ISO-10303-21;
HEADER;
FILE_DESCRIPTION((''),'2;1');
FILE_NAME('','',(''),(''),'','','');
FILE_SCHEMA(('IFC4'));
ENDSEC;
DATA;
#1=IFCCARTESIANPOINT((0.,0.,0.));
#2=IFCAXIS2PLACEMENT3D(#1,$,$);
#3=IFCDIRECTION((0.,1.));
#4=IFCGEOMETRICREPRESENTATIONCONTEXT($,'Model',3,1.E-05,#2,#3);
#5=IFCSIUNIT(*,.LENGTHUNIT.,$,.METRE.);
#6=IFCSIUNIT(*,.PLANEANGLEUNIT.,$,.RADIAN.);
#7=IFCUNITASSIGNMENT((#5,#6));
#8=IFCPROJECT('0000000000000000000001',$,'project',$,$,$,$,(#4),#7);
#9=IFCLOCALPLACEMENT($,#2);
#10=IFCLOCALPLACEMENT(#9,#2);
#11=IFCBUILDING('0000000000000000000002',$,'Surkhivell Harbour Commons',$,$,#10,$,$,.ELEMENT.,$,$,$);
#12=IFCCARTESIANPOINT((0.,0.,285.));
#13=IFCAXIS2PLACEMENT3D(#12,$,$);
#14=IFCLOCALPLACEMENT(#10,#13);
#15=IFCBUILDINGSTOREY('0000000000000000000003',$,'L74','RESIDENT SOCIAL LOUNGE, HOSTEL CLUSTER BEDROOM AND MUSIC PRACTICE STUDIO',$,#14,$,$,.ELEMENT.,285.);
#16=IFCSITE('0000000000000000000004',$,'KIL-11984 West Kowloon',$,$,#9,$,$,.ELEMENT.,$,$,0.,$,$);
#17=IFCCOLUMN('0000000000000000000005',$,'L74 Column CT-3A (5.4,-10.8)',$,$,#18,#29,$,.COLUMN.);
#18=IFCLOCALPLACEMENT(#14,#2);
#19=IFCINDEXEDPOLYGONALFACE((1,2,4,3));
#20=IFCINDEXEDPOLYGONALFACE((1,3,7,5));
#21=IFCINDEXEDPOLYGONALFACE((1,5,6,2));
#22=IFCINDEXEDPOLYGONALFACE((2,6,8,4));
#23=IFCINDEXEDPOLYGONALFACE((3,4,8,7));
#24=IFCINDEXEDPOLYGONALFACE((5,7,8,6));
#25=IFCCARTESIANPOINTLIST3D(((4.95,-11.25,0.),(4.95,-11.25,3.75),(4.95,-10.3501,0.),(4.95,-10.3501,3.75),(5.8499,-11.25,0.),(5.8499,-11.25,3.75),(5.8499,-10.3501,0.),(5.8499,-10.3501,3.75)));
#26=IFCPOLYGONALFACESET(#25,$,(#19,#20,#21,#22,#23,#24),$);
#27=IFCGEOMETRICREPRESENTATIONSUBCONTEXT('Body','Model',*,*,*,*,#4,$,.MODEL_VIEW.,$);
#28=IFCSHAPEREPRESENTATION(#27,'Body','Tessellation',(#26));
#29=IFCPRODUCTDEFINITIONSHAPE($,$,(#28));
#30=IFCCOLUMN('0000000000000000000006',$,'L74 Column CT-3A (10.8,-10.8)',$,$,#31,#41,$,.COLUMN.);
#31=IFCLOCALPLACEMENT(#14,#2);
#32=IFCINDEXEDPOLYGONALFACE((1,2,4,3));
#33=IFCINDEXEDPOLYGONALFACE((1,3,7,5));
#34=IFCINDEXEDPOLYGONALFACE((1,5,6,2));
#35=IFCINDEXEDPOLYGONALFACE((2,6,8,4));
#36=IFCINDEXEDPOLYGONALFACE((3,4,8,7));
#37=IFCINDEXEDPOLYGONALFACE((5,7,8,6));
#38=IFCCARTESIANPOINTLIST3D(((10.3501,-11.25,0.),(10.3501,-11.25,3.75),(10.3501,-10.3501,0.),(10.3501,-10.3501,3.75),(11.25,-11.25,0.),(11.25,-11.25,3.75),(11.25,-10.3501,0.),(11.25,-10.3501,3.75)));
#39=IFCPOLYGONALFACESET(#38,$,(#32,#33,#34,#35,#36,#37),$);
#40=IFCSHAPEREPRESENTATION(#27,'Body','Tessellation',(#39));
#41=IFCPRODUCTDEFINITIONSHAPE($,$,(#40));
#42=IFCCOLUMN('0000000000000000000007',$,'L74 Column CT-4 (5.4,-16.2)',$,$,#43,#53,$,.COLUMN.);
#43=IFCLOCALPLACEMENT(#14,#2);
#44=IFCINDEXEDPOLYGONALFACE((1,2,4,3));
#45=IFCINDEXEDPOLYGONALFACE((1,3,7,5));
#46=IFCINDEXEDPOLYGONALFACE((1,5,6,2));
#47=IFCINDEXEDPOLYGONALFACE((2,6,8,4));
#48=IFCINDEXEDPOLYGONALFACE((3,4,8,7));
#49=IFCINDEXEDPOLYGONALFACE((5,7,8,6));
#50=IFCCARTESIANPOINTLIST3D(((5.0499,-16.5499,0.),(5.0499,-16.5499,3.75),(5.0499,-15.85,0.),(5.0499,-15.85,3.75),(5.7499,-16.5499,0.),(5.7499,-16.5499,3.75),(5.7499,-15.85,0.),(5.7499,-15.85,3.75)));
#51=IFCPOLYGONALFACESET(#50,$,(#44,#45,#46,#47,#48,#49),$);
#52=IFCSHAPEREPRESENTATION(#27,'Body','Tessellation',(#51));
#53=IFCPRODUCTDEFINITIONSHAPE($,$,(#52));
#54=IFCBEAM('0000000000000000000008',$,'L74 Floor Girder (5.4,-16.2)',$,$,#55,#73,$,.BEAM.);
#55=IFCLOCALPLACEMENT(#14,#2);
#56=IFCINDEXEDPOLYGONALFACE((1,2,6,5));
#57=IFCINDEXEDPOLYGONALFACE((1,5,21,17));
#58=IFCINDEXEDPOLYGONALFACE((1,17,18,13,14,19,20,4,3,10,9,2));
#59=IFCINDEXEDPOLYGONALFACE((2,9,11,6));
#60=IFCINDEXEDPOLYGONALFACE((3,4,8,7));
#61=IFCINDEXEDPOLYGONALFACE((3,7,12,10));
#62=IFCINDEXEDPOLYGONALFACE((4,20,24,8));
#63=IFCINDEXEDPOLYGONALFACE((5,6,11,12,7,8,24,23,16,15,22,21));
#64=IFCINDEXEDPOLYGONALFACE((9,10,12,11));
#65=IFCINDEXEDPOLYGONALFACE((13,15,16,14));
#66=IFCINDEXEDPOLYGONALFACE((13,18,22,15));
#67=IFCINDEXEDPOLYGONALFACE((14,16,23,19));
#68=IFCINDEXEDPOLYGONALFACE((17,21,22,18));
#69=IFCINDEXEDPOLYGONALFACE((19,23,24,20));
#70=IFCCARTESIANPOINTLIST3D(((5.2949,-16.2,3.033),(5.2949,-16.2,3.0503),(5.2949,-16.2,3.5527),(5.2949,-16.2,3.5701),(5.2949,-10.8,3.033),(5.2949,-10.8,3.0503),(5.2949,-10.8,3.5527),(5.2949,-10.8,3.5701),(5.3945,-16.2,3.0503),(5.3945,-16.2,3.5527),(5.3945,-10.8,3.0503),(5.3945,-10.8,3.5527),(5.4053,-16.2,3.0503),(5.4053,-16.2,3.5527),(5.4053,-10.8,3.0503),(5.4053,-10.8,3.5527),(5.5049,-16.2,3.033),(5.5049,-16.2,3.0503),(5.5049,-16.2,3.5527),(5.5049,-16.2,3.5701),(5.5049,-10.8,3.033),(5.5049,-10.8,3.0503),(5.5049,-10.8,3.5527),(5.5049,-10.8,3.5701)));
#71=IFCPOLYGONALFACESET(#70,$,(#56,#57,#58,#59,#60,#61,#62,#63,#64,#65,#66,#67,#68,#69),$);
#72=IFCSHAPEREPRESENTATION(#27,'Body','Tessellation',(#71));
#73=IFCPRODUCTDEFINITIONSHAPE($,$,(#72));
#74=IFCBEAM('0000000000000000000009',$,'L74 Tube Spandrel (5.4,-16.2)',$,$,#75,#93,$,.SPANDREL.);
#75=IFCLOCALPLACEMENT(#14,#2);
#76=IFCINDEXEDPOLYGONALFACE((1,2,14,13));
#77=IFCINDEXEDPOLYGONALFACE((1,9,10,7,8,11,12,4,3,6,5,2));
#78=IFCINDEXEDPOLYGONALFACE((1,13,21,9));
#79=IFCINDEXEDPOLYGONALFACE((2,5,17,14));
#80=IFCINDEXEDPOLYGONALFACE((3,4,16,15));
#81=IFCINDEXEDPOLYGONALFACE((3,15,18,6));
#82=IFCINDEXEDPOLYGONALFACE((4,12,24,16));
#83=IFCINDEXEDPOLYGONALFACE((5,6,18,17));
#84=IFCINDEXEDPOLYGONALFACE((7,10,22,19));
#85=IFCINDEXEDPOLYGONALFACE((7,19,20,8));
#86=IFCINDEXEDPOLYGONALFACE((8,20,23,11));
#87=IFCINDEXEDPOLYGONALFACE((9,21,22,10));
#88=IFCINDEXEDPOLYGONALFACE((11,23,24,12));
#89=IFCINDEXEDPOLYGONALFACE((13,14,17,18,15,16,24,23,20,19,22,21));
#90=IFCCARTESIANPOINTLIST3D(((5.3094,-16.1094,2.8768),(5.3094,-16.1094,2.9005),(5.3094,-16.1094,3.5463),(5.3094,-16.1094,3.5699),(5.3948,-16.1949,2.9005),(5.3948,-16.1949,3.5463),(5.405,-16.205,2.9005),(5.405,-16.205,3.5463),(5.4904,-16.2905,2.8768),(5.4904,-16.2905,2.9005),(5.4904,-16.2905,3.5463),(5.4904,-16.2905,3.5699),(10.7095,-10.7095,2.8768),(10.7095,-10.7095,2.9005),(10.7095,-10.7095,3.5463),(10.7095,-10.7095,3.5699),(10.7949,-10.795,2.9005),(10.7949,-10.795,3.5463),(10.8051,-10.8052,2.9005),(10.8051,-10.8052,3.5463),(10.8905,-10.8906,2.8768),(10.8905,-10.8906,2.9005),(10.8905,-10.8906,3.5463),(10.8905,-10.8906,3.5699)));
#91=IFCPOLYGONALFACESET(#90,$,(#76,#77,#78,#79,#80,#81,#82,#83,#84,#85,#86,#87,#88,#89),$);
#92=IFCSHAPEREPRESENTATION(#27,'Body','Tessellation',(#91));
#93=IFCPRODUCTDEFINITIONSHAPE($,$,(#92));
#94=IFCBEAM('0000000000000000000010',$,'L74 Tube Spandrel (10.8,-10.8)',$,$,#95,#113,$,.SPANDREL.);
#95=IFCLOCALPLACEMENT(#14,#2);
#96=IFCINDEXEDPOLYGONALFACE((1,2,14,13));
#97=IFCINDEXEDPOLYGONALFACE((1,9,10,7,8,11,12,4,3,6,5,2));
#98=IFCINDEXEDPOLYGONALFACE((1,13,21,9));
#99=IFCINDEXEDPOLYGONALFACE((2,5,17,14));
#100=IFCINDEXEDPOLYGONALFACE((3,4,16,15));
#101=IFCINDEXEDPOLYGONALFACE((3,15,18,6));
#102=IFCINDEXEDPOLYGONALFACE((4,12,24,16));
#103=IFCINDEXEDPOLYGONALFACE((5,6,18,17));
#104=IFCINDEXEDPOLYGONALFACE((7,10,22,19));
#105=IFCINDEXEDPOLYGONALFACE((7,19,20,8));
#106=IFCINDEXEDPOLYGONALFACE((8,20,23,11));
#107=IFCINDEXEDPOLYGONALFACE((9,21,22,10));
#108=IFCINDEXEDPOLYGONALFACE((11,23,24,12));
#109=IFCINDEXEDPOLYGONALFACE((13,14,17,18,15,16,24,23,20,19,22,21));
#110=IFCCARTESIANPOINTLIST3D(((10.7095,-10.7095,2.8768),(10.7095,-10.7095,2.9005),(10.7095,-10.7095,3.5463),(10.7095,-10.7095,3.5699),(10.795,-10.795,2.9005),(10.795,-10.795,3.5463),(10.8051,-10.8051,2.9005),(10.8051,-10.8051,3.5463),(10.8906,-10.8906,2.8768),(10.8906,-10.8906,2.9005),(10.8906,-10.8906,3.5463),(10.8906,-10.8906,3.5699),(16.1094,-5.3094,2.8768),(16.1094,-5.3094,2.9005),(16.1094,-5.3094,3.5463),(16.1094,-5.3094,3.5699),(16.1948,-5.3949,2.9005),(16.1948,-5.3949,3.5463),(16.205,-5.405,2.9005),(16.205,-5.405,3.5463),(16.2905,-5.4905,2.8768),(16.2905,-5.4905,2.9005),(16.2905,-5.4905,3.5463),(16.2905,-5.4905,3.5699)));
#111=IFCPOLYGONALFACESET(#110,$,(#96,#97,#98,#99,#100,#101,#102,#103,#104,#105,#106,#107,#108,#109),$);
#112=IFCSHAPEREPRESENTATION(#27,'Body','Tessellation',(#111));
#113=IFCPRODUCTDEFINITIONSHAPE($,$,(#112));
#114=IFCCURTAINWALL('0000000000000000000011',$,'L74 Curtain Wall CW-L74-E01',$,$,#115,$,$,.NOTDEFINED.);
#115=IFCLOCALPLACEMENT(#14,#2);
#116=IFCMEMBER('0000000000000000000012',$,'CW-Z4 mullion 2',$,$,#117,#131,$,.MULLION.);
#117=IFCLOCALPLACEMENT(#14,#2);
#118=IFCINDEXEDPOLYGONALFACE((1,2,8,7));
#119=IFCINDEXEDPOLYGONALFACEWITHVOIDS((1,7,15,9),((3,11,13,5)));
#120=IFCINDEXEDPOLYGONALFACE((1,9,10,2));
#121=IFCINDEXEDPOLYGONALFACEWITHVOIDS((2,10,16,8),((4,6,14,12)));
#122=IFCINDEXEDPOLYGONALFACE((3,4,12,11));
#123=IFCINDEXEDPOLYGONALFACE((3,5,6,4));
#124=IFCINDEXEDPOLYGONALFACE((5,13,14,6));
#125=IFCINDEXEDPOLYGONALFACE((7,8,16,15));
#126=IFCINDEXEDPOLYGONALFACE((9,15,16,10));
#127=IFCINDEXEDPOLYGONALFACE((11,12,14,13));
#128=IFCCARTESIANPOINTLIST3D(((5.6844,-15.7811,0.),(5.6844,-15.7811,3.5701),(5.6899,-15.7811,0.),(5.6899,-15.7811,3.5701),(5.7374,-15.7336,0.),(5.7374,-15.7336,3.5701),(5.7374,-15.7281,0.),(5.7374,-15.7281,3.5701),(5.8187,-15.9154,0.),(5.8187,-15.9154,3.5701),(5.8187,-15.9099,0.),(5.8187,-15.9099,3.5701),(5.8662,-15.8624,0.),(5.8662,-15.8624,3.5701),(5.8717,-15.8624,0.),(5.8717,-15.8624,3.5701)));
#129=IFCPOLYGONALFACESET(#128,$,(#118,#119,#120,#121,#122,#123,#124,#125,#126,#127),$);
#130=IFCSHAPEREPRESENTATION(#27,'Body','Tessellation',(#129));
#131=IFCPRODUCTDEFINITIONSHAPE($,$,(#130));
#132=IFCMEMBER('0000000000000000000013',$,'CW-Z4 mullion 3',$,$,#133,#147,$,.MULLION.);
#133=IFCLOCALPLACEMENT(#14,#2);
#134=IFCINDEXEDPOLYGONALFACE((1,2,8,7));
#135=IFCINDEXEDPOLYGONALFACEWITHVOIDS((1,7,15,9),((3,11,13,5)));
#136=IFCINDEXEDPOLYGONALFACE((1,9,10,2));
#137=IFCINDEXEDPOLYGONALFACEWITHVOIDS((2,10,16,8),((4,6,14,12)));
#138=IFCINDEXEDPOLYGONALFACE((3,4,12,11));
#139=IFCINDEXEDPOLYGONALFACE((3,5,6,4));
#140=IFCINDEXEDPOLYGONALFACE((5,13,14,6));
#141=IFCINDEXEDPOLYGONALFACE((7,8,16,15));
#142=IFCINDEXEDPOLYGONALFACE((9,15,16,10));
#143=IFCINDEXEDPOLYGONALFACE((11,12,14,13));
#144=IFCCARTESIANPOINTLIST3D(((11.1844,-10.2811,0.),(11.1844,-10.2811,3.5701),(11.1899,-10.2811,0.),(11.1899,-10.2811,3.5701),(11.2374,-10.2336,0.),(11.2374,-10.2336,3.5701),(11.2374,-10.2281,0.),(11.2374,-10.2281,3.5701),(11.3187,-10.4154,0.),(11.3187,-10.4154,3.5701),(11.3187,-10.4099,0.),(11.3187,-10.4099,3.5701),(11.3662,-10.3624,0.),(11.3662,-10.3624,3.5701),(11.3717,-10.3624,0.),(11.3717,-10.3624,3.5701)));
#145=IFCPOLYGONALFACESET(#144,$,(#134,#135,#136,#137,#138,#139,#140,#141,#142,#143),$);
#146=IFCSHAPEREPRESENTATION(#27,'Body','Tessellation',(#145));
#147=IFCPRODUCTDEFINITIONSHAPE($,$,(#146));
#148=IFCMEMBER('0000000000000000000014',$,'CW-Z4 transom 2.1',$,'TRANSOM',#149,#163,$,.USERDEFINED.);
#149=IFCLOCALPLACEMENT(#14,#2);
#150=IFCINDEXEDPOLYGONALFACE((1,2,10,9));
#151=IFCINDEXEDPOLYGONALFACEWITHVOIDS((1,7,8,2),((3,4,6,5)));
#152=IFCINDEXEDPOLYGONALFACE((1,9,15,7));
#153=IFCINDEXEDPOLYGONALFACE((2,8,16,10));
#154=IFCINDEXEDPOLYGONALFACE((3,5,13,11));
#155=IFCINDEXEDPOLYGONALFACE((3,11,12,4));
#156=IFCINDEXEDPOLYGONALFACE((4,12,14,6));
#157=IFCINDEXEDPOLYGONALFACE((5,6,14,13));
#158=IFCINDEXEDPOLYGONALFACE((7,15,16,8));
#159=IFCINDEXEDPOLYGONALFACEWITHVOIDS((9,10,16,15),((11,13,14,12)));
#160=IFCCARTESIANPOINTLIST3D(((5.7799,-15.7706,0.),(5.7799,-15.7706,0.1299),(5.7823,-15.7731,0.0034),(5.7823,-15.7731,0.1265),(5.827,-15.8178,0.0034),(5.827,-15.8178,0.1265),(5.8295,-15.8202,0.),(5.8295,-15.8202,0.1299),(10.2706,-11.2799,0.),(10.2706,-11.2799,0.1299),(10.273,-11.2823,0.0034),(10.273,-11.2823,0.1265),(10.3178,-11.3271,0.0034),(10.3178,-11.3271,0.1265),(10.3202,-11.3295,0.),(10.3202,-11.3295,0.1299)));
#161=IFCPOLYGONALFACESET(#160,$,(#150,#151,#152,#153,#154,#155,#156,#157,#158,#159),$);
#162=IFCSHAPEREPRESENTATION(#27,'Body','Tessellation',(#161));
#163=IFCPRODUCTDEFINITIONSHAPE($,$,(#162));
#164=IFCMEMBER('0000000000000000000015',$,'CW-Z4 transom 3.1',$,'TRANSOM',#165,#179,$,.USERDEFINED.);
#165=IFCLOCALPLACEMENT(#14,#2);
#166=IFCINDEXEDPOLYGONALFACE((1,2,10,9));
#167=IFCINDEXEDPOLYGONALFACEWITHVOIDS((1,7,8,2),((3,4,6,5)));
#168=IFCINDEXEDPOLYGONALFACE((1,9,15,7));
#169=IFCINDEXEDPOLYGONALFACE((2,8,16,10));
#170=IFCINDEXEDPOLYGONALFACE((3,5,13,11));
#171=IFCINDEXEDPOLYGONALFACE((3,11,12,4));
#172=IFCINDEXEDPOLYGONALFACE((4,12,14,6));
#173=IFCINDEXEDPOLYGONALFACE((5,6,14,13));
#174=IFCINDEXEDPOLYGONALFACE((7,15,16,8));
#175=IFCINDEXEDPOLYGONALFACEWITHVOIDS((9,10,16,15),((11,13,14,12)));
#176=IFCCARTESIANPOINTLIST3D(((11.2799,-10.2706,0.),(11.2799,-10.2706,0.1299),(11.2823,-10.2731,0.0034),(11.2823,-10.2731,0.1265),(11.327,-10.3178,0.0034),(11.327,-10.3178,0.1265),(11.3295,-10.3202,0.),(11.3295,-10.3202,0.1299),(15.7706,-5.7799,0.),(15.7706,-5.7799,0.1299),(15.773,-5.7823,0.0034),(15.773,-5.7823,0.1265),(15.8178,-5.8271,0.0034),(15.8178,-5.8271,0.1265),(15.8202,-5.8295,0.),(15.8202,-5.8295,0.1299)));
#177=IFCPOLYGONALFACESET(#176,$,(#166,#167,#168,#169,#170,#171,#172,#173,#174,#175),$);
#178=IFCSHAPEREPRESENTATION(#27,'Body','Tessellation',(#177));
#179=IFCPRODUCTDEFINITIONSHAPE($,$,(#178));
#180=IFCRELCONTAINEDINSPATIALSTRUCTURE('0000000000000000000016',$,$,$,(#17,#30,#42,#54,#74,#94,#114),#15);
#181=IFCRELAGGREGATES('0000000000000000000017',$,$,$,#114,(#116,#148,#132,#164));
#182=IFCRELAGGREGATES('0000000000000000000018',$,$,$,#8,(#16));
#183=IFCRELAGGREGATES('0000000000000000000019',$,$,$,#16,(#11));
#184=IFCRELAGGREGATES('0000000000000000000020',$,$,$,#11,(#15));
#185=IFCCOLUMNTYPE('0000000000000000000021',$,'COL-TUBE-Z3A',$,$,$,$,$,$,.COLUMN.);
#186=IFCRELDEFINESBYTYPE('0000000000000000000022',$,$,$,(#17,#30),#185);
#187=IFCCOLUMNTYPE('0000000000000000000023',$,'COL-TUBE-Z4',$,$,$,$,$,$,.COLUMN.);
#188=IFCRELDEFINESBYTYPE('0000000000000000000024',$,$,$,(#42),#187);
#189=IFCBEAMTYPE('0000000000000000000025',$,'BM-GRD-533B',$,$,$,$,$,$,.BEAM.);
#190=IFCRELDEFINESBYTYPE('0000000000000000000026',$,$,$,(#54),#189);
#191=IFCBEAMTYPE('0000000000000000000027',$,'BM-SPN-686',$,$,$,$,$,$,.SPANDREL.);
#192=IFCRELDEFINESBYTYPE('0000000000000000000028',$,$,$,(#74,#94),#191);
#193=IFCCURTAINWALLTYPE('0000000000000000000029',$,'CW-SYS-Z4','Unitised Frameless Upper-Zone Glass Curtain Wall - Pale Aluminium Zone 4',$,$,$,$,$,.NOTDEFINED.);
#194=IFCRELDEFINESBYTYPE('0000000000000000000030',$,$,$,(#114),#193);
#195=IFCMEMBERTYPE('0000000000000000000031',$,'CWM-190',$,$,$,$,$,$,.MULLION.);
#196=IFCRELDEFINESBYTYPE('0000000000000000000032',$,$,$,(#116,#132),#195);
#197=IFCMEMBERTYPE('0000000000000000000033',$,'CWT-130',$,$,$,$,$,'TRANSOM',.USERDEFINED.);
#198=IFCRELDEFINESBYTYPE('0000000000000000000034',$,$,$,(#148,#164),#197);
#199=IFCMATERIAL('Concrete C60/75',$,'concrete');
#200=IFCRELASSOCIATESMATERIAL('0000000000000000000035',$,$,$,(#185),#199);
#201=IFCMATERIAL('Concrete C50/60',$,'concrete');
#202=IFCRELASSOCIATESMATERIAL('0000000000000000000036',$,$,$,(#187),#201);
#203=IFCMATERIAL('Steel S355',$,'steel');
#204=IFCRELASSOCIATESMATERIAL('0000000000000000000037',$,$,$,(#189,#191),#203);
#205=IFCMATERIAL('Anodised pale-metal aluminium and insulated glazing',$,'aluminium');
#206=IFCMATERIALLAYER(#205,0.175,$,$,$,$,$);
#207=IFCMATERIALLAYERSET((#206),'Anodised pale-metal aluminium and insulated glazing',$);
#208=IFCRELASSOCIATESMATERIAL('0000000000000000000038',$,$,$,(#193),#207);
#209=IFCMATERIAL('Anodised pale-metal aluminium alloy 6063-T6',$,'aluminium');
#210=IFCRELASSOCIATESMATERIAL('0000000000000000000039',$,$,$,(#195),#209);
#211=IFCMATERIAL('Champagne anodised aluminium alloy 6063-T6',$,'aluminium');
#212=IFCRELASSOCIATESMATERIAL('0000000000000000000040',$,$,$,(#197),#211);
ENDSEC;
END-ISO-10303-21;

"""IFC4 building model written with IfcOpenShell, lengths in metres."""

from ifc_helpers import new_model, si_unit, direction, frame, origin, origin_2d, place, context, subcontext, project, spatial, rectangle, hollow_rectangle, i_section, extrude, material, layer, layer_set, material_profile, profile_set, type_object, element, aggregate, save


model = new_model("IFC4")

# Units and contexts
model_context = context("Model", 3, precision=1e-05, world=origin(), true_north=direction((0.0, 1.0)))
body_context = subcontext(model_context, "Body", "Model", "MODEL_VIEW")
ifc_project = project(units=[si_unit("LENGTHUNIT", "METRE"), si_unit("PLANEANGLEUNIT", "RADIAN")], contexts=[model_context])

# Site, building, storey
site_placement = place(None, origin())
site = spatial("IfcSite", under=ifc_project, at=site_placement, Name="KIL-11984 West Kowloon", CompositionType="ELEMENT", RefElevation=0.0)
building_placement = place(site_placement, origin())
building = spatial("IfcBuilding", under=site, at=building_placement, Name="Surkhivell Harbour Commons", CompositionType="ELEMENT")
storey_placement = place(building_placement, frame((0.0, 0.0, 285.0)))
storey = spatial("IfcBuildingStorey", under=building, at=storey_placement, Name="L74", Description="RESIDENT SOCIAL LOUNGE, HOSTEL CLUSTER BEDROOM AND MUSIC PRACTICE STUDIO", CompositionType="ELEMENT", Elevation=285.0)

# Columns
ifc_material_1 = material(Name="Concrete C60/75", Category="concrete")
ifc_material_profile_1 = material_profile(ifc_material_1, rectangle(XDim=0.8999, YDim=0.8999, at=origin_2d()), Name="RC-COL-900x900")
ifc_profile_set_1 = profile_set([ifc_material_profile_1], Name="Concrete C60/75")
column_type_1 = type_object("IfcColumnType", Name="COL-TUBE-Z3A", PredefinedType="COLUMN", material=ifc_profile_set_1)
for number, where, z_axis, x_axis, name in (
    (1, (5.3999, -10.8, 0.0), (0.0, 0.0, 1.0), (1.0, 0.0, 0.0), "L74 Column CT-3A (5.4,-10.8)"),
    (2, (10.8, -10.8, 0.0), (0.0, 0.0, 1.0), (1.0, 0.0, 0.0), "L74 Column CT-3A (10.8,-10.8)"),
):
    element("IfcColumn", number, at=place(storey_placement, frame(where, z_axis=z_axis, x_axis=x_axis)), inside=storey, type_object=column_type_1, Name=name, PredefinedType="COLUMN", context=body_context, shape_type="SweptSolid", body=[
        extrude(rectangle(XDim=0.8999, YDim=0.8999, at=origin_2d()), origin(), (0.0, 0.0, 1.0), 3.75),
    ])
ifc_material_2 = material(Name="Concrete C50/60", Category="concrete")
ifc_material_profile_2 = material_profile(ifc_material_2, rectangle(XDim=0.7, YDim=0.7, at=origin_2d()), Name="RC-COL-700x700")
ifc_profile_set_2 = profile_set([ifc_material_profile_2], Name="Concrete C50/60")
column_type_2 = type_object("IfcColumnType", Name="COL-TUBE-Z4", PredefinedType="COLUMN", material=ifc_profile_set_2)
column_placement = place(storey_placement, frame((5.3999, -16.2, 0.0), z_axis=(0.0, 0.0, 1.0), x_axis=(1.0, 0.0, 0.0)))
element("IfcColumn", 3, at=column_placement, inside=storey, type_object=column_type_2, Name="L74 Column CT-4 (5.4,-16.2)", PredefinedType="COLUMN", context=body_context, shape_type="SweptSolid", body=[
    extrude(rectangle(XDim=0.7, YDim=0.7, at=origin_2d()), origin(), (0.0, 0.0, 1.0), 3.75),
])

# Beams
ifc_material_3 = material(Name="Steel S355", Category="steel")
ifc_material_profile_3 = material_profile(ifc_material_3, i_section(OverallWidth=0.21, OverallDepth=0.5371, WebThickness=0.0107, FlangeThickness=0.0173, at=origin_2d()), Name="UB533x210x101")
ifc_profile_set_3 = profile_set([ifc_material_profile_3], Name="Steel S355")
beam_type_1 = type_object("IfcBeamType", Name="BM-GRD-533B", PredefinedType="BEAM", material=ifc_profile_set_3)
beam_placement = place(storey_placement, frame((5.3999, -16.2, 3.3015), z_axis=(0.0, 1.0, 0.0), x_axis=(-1.0, 0.0, 0.0)))
element("IfcBeam", 4, at=beam_placement, inside=storey, type_object=beam_type_1, Name="L74 Floor Girder (5.4,-16.2)", PredefinedType="BEAM", context=body_context, shape_type="SweptSolid", body=[
    extrude(i_section(OverallWidth=0.21, OverallDepth=0.5371, WebThickness=0.0107, FlangeThickness=0.0173, at=origin_2d()), origin(), (0.0, 0.0, 1.0), 5.3999),
])
ifc_material_profile_4 = material_profile(ifc_material_3, i_section(OverallWidth=0.2561, OverallDepth=0.6931, WebThickness=0.0144, FlangeThickness=0.0237, at=origin_2d()), Name="UB686x254x170")
ifc_profile_set_4 = profile_set([ifc_material_profile_4], Name="Steel S355")
beam_type_2 = type_object("IfcBeamType", Name="BM-SPN-686", PredefinedType="SPANDREL", material=ifc_profile_set_4)
for number, where, z_axis, x_axis, name in (
    (5, (5.3999, -16.2, 3.2234), (0.707123, 0.707091, 0.0), (-0.707091, 0.707123, 0.0), "L74 Tube Spandrel (5.4,-16.2)"),
    (6, (10.8, -10.8, 3.2234), (0.707091, 0.707123, 0.0), (-0.707123, 0.707091, 0.0), "L74 Tube Spandrel (10.8,-10.8)"),
):
    element("IfcBeam", number, at=place(storey_placement, frame(where, z_axis=z_axis, x_axis=x_axis)), inside=storey, type_object=beam_type_2, Name=name, PredefinedType="SPANDREL", context=body_context, shape_type="SweptSolid", body=[
        extrude(i_section(OverallWidth=0.2561, OverallDepth=0.6931, WebThickness=0.0144, FlangeThickness=0.0237, at=origin_2d()), origin(), (0.0, 0.0, 1.0), 7.6367),
    ])

# Curtain wall, members
ifc_material_4 = material(Name="Anodised pale-metal aluminium and insulated glazing", Category="aluminium")
ifc_layer_1 = layer(ifc_material_4, 0.175)
ifc_layer_set_1 = layer_set([ifc_layer_1], Name="Anodised pale-metal aluminium and insulated glazing")
curtain_wall_type = type_object("IfcCurtainWallType", Name="CW-SYS-Z4", Description="Unitised Frameless Upper-Zone Glass Curtain Wall - Pale Aluminium Zone 4", PredefinedType="NOTDEFINED", material=ifc_layer_set_1)
curtain_wall_placement = place(storey_placement, origin())
curtain_wall = element("IfcCurtainWall", 7, at=curtain_wall_placement, inside=storey, type_object=curtain_wall_type, Name="L74 Curtain Wall CW-L74-E01", PredefinedType="NOTDEFINED")
ifc_material_5 = material(Name="Anodised pale-metal aluminium alloy 6063-T6", Category="aluminium")
ifc_material_profile_5 = material_profile(ifc_material_5, hollow_rectangle(XDim=0.075, YDim=0.1899, WallThickness=0.0039, at=origin_2d()), Name="ALU-MULL-75x190")
ifc_profile_set_5 = profile_set([ifc_material_profile_5], Name="Anodised pale-metal aluminium alloy 6063-T6")
member_type_1 = type_object("IfcMemberType", Name="CWM-190", PredefinedType="MULLION", material=ifc_profile_set_5)
member_1_placement = place(storey_placement, frame((5.7781, -15.8218, 0.0), z_axis=(0.0, 0.0, 1.0), x_axis=(0.707107, 0.707107, 0.0)))
member_1 = element("IfcMember", 8, at=member_1_placement, type_object=member_type_1, Name="CW-Z4 mullion 2", PredefinedType="MULLION", context=body_context, shape_type="SweptSolid", body=[
    extrude(hollow_rectangle(XDim=0.075, YDim=0.1899, WallThickness=0.0039, at=origin_2d()), origin(), (0.0, 0.0, 1.0), 3.5701),
])
member_2_placement = place(storey_placement, frame((11.2781, -10.3218, 0.0), z_axis=(0.0, 0.0, 1.0), x_axis=(0.707107, 0.707107, 0.0)))
member_2 = element("IfcMember", 9, at=member_2_placement, type_object=member_type_1, Name="CW-Z4 mullion 3", PredefinedType="MULLION", context=body_context, shape_type="SweptSolid", body=[
    extrude(hollow_rectangle(XDim=0.075, YDim=0.1899, WallThickness=0.0039, at=origin_2d()), origin(), (0.0, 0.0, 1.0), 3.5701),
])
ifc_material_6 = material(Name="Champagne anodised aluminium alloy 6063-T6", Category="aluminium")
ifc_material_profile_6 = material_profile(ifc_material_6, hollow_rectangle(XDim=0.0701, YDim=0.1299, WallThickness=0.0034, at=origin_2d()), Name="ALU-TRAN-70x130")
ifc_profile_set_6 = profile_set([ifc_material_profile_6], Name="Champagne anodised aluminium alloy 6063-T6")
member_type_2 = type_object("IfcMemberType", Name="CWT-130", ElementType="TRANSOM", PredefinedType="USERDEFINED", material=ifc_profile_set_6)
member_3_placement = place(storey_placement, frame((5.8047, -15.7954, 0.0649), z_axis=(0.707107, 0.707107, 0.0), x_axis=(-0.707107, 0.707107, 0.0)))
member_3 = element("IfcMember", 10, at=member_3_placement, type_object=member_type_2, Name="CW-Z4 transom 2.1", ObjectType="TRANSOM", PredefinedType="USERDEFINED", context=body_context, shape_type="SweptSolid", body=[
    extrude(hollow_rectangle(XDim=0.0701, YDim=0.1299, WallThickness=0.0034, at=origin_2d()), origin(), (0.0, 0.0, 1.0), 6.3508),
])
member_4_placement = place(storey_placement, frame((11.3047, -10.2954, 0.0649), z_axis=(0.707107, 0.707107, 0.0), x_axis=(-0.707107, 0.707107, 0.0)))
member_4 = element("IfcMember", 11, at=member_4_placement, type_object=member_type_2, Name="CW-Z4 transom 3.1", ObjectType="TRANSOM", PredefinedType="USERDEFINED", context=body_context, shape_type="SweptSolid", body=[
    extrude(hollow_rectangle(XDim=0.0701, YDim=0.1299, WallThickness=0.0034, at=origin_2d()), origin(), (0.0, 0.0, 1.0), 6.3508),
])
aggregate(curtain_wall, [member_1, member_3, member_2, member_4])

save(model, "model.ifc")
